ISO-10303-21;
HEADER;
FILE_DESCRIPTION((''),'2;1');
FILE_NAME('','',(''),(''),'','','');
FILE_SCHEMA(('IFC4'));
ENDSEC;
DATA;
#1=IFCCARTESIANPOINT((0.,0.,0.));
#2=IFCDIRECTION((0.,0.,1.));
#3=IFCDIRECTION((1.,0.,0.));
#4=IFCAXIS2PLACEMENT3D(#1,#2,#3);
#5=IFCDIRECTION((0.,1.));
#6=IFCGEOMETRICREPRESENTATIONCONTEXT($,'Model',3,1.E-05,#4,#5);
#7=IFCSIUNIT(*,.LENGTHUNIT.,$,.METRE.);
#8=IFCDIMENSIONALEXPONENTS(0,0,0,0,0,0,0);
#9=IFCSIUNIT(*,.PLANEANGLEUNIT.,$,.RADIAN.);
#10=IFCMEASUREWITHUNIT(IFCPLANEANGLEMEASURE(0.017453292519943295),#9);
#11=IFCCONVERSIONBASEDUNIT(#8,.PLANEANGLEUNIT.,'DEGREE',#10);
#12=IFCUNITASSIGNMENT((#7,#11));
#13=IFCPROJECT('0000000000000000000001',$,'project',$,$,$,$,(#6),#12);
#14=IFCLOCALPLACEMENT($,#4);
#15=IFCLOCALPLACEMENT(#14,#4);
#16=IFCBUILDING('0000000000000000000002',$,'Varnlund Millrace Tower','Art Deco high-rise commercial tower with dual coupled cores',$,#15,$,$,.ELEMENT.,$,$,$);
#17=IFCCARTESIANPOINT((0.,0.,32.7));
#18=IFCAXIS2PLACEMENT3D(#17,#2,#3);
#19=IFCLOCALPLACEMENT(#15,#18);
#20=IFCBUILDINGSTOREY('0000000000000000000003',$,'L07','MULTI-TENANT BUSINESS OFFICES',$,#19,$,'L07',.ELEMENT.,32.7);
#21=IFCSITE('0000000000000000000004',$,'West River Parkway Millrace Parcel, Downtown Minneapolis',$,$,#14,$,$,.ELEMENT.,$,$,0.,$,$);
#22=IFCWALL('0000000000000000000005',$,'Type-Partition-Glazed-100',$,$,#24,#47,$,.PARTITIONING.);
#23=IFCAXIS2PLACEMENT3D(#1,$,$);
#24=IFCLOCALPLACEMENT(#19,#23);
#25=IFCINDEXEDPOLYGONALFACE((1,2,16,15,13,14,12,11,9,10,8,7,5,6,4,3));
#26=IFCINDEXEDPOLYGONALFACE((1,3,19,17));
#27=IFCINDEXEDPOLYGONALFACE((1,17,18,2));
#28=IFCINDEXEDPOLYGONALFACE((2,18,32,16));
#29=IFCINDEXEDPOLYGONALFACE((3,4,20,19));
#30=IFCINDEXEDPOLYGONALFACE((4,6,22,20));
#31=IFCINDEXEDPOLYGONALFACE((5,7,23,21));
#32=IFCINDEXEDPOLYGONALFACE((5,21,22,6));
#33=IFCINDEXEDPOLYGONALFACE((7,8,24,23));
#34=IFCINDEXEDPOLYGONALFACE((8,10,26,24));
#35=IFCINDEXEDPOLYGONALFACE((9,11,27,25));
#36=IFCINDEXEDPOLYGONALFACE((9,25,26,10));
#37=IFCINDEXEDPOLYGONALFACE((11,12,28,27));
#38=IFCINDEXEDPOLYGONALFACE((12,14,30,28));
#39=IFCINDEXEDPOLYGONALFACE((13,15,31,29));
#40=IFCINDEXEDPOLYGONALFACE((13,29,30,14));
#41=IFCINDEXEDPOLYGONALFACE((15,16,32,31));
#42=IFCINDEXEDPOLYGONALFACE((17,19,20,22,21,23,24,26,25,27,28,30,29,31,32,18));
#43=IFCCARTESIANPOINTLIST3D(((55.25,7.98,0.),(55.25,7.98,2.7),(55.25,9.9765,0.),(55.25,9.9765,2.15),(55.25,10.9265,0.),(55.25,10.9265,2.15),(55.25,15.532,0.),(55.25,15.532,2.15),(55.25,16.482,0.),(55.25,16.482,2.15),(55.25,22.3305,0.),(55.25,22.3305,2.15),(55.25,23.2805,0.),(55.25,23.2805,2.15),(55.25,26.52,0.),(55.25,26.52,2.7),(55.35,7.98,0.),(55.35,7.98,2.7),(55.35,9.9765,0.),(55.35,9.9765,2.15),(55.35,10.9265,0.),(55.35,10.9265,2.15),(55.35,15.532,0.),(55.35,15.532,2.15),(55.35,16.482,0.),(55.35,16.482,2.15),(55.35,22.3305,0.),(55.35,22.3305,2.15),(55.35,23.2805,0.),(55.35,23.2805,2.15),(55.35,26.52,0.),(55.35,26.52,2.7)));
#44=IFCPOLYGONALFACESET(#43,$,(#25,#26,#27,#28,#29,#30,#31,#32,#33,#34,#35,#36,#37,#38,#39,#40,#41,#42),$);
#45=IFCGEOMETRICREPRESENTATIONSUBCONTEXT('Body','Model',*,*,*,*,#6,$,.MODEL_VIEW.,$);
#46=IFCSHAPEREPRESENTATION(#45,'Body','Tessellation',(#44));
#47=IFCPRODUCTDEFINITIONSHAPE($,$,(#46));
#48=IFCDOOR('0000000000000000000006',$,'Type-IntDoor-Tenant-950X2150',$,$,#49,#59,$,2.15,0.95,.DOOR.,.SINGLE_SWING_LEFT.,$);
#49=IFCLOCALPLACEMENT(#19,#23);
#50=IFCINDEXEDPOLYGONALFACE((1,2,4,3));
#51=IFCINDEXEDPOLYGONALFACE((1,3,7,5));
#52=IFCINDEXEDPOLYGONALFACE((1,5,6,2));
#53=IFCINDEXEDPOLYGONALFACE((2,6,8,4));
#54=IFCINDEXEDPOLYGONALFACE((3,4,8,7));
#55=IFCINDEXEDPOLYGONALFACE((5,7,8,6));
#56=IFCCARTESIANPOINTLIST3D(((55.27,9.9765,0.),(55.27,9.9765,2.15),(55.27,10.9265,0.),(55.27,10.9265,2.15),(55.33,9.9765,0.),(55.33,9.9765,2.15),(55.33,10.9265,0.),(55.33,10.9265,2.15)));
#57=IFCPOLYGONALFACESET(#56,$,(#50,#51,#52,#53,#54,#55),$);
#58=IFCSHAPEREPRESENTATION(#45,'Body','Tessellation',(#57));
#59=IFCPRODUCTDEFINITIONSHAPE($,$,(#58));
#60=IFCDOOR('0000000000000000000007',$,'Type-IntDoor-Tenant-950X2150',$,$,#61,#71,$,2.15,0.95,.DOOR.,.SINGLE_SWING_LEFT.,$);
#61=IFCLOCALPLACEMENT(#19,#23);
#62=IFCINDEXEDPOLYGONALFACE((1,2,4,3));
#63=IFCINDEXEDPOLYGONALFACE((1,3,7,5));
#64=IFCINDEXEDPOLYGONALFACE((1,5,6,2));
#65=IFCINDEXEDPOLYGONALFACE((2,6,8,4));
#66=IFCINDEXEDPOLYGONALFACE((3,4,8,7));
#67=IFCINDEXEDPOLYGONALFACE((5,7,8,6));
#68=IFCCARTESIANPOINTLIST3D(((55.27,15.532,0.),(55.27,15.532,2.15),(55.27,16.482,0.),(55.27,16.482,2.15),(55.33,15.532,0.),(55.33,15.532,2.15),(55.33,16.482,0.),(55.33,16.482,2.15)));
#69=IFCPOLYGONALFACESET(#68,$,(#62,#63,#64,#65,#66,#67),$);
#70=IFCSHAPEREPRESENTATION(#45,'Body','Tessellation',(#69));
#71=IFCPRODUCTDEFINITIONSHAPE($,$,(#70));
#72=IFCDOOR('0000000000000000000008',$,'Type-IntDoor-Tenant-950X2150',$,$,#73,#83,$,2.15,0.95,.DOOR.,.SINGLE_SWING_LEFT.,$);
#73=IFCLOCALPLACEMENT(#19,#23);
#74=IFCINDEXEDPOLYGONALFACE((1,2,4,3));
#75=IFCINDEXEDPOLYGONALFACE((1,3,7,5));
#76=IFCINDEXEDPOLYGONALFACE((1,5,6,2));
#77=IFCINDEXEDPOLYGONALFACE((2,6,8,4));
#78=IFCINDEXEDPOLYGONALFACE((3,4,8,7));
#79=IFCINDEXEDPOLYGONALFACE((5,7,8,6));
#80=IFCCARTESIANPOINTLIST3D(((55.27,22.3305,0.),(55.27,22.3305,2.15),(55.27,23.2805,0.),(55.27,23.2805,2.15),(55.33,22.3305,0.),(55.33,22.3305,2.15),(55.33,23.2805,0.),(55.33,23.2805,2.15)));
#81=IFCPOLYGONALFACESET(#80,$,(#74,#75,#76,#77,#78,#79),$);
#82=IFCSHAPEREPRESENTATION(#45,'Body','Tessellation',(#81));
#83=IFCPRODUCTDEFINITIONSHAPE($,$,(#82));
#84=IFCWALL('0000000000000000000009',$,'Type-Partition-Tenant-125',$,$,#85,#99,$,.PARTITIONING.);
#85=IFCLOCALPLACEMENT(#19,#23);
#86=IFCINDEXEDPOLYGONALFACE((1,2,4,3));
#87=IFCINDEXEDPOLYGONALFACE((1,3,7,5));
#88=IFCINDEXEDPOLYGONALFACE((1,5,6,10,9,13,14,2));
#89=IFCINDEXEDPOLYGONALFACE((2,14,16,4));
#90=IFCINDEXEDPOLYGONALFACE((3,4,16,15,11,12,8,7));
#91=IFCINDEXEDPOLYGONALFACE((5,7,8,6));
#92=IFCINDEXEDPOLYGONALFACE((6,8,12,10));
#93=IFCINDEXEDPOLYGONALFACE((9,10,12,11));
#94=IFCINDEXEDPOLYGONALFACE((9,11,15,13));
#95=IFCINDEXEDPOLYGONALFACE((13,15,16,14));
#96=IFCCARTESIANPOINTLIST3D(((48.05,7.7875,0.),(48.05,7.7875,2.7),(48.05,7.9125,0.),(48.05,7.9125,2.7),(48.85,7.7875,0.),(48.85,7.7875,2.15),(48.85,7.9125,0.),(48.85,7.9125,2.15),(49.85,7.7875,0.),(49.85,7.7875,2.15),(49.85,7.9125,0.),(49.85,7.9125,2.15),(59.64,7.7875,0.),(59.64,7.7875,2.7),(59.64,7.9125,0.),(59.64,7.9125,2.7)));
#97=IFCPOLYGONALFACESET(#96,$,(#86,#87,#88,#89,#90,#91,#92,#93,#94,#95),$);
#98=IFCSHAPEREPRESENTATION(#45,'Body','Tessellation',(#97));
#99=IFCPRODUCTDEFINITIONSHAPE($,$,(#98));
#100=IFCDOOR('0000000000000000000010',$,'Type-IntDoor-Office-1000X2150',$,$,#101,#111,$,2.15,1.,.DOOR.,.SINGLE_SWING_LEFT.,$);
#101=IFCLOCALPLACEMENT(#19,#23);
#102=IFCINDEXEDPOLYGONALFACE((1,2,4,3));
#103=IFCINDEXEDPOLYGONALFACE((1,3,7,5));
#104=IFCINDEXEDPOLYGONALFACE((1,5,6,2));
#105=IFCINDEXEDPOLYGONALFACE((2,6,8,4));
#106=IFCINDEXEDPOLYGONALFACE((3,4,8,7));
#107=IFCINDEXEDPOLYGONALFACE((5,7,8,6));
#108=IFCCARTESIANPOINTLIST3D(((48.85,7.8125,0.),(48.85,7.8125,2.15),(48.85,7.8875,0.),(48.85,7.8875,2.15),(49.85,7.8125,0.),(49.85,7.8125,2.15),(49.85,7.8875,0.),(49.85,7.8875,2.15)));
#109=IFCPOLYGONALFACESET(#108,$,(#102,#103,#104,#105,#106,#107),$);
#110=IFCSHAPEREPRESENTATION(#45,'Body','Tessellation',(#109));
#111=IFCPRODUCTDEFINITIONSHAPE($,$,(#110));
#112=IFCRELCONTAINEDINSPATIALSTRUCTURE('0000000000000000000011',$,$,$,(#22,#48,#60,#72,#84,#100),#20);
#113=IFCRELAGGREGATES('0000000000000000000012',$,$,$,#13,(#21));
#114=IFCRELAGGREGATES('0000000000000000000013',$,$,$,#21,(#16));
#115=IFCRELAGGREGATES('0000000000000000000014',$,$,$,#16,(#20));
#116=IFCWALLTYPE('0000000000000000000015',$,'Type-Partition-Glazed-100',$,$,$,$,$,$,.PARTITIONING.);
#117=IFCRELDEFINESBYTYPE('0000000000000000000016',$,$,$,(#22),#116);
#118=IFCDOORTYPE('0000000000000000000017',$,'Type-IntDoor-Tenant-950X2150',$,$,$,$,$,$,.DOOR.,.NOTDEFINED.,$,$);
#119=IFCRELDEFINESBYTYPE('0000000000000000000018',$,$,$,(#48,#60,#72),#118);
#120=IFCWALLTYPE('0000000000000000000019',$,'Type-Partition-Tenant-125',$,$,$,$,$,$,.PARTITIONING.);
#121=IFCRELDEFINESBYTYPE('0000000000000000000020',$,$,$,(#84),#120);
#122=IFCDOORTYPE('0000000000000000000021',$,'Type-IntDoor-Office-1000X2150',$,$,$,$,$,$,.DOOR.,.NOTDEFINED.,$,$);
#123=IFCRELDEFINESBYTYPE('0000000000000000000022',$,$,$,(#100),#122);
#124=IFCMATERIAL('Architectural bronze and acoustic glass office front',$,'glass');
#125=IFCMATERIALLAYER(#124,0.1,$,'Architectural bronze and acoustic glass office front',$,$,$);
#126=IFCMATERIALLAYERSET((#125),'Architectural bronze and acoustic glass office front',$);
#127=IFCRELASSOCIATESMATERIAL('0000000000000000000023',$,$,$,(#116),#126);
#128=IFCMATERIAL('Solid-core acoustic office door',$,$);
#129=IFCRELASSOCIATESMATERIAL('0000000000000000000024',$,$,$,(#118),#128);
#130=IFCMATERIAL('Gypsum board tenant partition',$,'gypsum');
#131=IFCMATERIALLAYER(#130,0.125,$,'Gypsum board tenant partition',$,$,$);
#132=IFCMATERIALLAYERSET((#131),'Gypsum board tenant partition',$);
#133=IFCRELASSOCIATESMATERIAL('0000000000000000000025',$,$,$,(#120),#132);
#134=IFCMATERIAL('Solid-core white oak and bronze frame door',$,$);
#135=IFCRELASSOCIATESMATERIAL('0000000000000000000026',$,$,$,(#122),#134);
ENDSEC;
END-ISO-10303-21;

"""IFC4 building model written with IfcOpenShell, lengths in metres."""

from ifc_helpers import new_model, entity, si_unit, converted_unit, direction, frame, origin_with_axes, origin_2d_with_axis, place, context, subcontext, project, spatial, polyline, rectangle, outline, extrude, material, layer, layer_set, type_object, element, fill, save


model = new_model("IFC4")

# Units and contexts
model_context = context("Model", 3, precision=1e-05, world=origin_with_axes(), true_north=direction((0.0, 1.0)))
body_context = subcontext(model_context, "Body", "Model", "MODEL_VIEW")
ifc_project = project(units=[si_unit("LENGTHUNIT", "METRE"), converted_unit("PLANEANGLEUNIT", "DEGREE", entity("IfcPlaneAngleMeasure", 0.017453292519943295), si_unit("PLANEANGLEUNIT", "RADIAN"), dimensions=[0, 0, 0, 0, 0, 0, 0])], contexts=[model_context])

# Site, building, storey
site_placement = place(None, origin_with_axes())
site = spatial("IfcSite", under=ifc_project, at=site_placement, Name="West River Parkway Millrace Parcel, Downtown Minneapolis", CompositionType="ELEMENT", RefElevation=0.0)
building_placement = place(site_placement, origin_with_axes())
building = spatial("IfcBuilding", under=site, at=building_placement, Name="Varnlund Millrace Tower", Description="Art Deco high-rise commercial tower with dual coupled cores", CompositionType="ELEMENT")
storey_placement = place(building_placement, frame((0.0, 0.0, 32.7), z_axis=(0.0, 0.0, 1.0), x_axis=(1.0, 0.0, 0.0)))
storey = spatial("IfcBuildingStorey", under=building, at=storey_placement, Name="L07", Description="MULTI-TENANT BUSINESS OFFICES", LongName="L07", CompositionType="ELEMENT", Elevation=32.7)

# Wall, openings, doors
ifc_material_1 = material(Name="Architectural bronze and acoustic glass office front", Category="glass")
ifc_layer_1 = layer(ifc_material_1, 0.1, Name="Architectural bronze and acoustic glass office front")
ifc_layer_set_1 = layer_set([ifc_layer_1], Name="Architectural bronze and acoustic glass office front")
wall_type_1 = type_object("IfcWallType", Name="Type-Partition-Glazed-100", PredefinedType="PARTITIONING", material=ifc_layer_set_1)
wall_1_placement = place(storey_placement, frame((55.3, 7.98, 0.0), z_axis=(0.0, 0.0, 1.0), x_axis=(0.0, 1.0, 0.0)))
wall_1 = element("IfcWall", 1, at=wall_1_placement, inside=storey, type_object=wall_type_1, Name="Type-Partition-Glazed-100", PredefinedType="PARTITIONING", context=body_context, shape_type="SweptSolid", body=[
    extrude(outline(polyline([(0.0, -0.05), (18.54, -0.05), (18.54, 0.05), (0.0, 0.05), (0.0, -0.05)])), origin_with_axes(), (0.0, 0.0, 1.0), 2.7),
])
opening_1_placement = place(wall_1_placement, frame((2.4715, 0.0, 0.0), z_axis=(0.0, 0.0, 1.0), x_axis=(1.0, 0.0, 0.0)))
opening_1 = element("IfcOpeningElement", 2, at=opening_1_placement, cuts=wall_1, PredefinedType="OPENING", context=body_context, shape_type="SweptSolid", body=[
    extrude(rectangle(XDim=0.95, YDim=0.12, at=origin_2d_with_axis()), origin_with_axes(), (0.0, 0.0, 1.0), 2.15),
])
opening_2_placement = place(wall_1_placement, frame((8.027, 0.0, 0.0), z_axis=(0.0, 0.0, 1.0), x_axis=(1.0, 0.0, 0.0)))
opening_2 = element("IfcOpeningElement", 3, at=opening_2_placement, cuts=wall_1, PredefinedType="OPENING", context=body_context, shape_type="SweptSolid", body=[
    extrude(rectangle(XDim=0.95, YDim=0.12, at=origin_2d_with_axis()), origin_with_axes(), (0.0, 0.0, 1.0), 2.15),
])
opening_3_placement = place(wall_1_placement, frame((14.8255, 0.0, 0.0), z_axis=(0.0, 0.0, 1.0), x_axis=(1.0, 0.0, 0.0)))
opening_3 = element("IfcOpeningElement", 4, at=opening_3_placement, cuts=wall_1, PredefinedType="OPENING", context=body_context, shape_type="SweptSolid", body=[
    extrude(rectangle(XDim=0.95, YDim=0.12, at=origin_2d_with_axis()), origin_with_axes(), (0.0, 0.0, 1.0), 2.15),
])
ifc_material_2 = material(Name="Solid-core acoustic office door")
door_type_1 = type_object("IfcDoorType", Name="Type-IntDoor-Tenant-950X2150", OperationType="NOTDEFINED", PredefinedType="DOOR", material=ifc_material_2)
door_1_placement = place(wall_1_placement, frame((2.4715, 0.0, 0.0), z_axis=(0.0, 0.0, 1.0), x_axis=(1.0, 0.0, 0.0)))
door_1 = element("IfcDoor", 5, at=door_1_placement, inside=storey, type_object=door_type_1, Name="Type-IntDoor-Tenant-950X2150", OperationType="SINGLE_SWING_LEFT", OverallHeight=2.15, OverallWidth=0.95, PredefinedType="DOOR", context=body_context, shape_type="SweptSolid", body=[
    extrude(rectangle(XDim=0.95, YDim=0.06, at=origin_2d_with_axis()), origin_with_axes(), (0.0, 0.0, 1.0), 2.15),
])
fill(opening_1, door_1)
door_2_placement = place(wall_1_placement, frame((8.027, 0.0, 0.0), z_axis=(0.0, 0.0, 1.0), x_axis=(1.0, 0.0, 0.0)))
door_2 = element("IfcDoor", 6, at=door_2_placement, inside=storey, type_object=door_type_1, Name="Type-IntDoor-Tenant-950X2150", OperationType="SINGLE_SWING_LEFT", OverallHeight=2.15, OverallWidth=0.95, PredefinedType="DOOR", context=body_context, shape_type="SweptSolid", body=[
    extrude(rectangle(XDim=0.95, YDim=0.06, at=origin_2d_with_axis()), origin_with_axes(), (0.0, 0.0, 1.0), 2.15),
])
fill(opening_2, door_2)
door_3_placement = place(wall_1_placement, frame((14.8255, 0.0, 0.0), z_axis=(0.0, 0.0, 1.0), x_axis=(1.0, 0.0, 0.0)))
door_3 = element("IfcDoor", 7, at=door_3_placement, inside=storey, type_object=door_type_1, Name="Type-IntDoor-Tenant-950X2150", OperationType="SINGLE_SWING_LEFT", OverallHeight=2.15, OverallWidth=0.95, PredefinedType="DOOR", context=body_context, shape_type="SweptSolid", body=[
    extrude(rectangle(XDim=0.95, YDim=0.06, at=origin_2d_with_axis()), origin_with_axes(), (0.0, 0.0, 1.0), 2.15),
])
fill(opening_3, door_3)

# Wall, opening, door
ifc_material_3 = material(Name="Gypsum board tenant partition", Category="gypsum")
ifc_layer_2 = layer(ifc_material_3, 0.125, Name="Gypsum board tenant partition")
ifc_layer_set_2 = layer_set([ifc_layer_2], Name="Gypsum board tenant partition")
wall_type_2 = type_object("IfcWallType", Name="Type-Partition-Tenant-125", PredefinedType="PARTITIONING", material=ifc_layer_set_2)
wall_2_placement = place(storey_placement, frame((59.64, 7.85, 0.0), z_axis=(0.0, 0.0, 1.0), x_axis=(-1.0, 0.0, 0.0)))
wall_2 = element("IfcWall", 8, at=wall_2_placement, inside=storey, type_object=wall_type_2, Name="Type-Partition-Tenant-125", PredefinedType="PARTITIONING", context=body_context, shape_type="SweptSolid", body=[
    extrude(outline(polyline([(0.0, -0.0625), (11.59, -0.0625), (11.59, 0.0625), (0.0, 0.0625), (0.0, -0.0625)])), origin_with_axes(), (0.0, 0.0, 1.0), 2.7),
])
opening_4_placement = place(wall_2_placement, frame((10.29, 0.0, 0.0), z_axis=(0.0, 0.0, 1.0), x_axis=(1.0, 0.0, 0.0)))
opening_4 = element("IfcOpeningElement", 9, at=opening_4_placement, cuts=wall_2, PredefinedType="OPENING", context=body_context, shape_type="SweptSolid", body=[
    extrude(rectangle(XDim=1.0, YDim=0.145, at=origin_2d_with_axis()), origin_with_axes(), (0.0, 0.0, 1.0), 2.15),
])
ifc_material_4 = material(Name="Solid-core white oak and bronze frame door")
door_type_2 = type_object("IfcDoorType", Name="Type-IntDoor-Office-1000X2150", OperationType="NOTDEFINED", PredefinedType="DOOR", material=ifc_material_4)
door_4_placement = place(wall_2_placement, frame((10.29, 0.0, 0.0), z_axis=(0.0, 0.0, 1.0), x_axis=(1.0, 0.0, 0.0)))
door_4 = element("IfcDoor", 10, at=door_4_placement, inside=storey, type_object=door_type_2, Name="Type-IntDoor-Office-1000X2150", OperationType="SINGLE_SWING_LEFT", OverallHeight=2.15, OverallWidth=1.0, PredefinedType="DOOR", context=body_context, shape_type="SweptSolid", body=[
    extrude(rectangle(XDim=1.0, YDim=0.075, at=origin_2d_with_axis()), origin_with_axes(), (0.0, 0.0, 1.0), 2.15),
])
fill(opening_4, door_4)

save(model, "model.ifc")
